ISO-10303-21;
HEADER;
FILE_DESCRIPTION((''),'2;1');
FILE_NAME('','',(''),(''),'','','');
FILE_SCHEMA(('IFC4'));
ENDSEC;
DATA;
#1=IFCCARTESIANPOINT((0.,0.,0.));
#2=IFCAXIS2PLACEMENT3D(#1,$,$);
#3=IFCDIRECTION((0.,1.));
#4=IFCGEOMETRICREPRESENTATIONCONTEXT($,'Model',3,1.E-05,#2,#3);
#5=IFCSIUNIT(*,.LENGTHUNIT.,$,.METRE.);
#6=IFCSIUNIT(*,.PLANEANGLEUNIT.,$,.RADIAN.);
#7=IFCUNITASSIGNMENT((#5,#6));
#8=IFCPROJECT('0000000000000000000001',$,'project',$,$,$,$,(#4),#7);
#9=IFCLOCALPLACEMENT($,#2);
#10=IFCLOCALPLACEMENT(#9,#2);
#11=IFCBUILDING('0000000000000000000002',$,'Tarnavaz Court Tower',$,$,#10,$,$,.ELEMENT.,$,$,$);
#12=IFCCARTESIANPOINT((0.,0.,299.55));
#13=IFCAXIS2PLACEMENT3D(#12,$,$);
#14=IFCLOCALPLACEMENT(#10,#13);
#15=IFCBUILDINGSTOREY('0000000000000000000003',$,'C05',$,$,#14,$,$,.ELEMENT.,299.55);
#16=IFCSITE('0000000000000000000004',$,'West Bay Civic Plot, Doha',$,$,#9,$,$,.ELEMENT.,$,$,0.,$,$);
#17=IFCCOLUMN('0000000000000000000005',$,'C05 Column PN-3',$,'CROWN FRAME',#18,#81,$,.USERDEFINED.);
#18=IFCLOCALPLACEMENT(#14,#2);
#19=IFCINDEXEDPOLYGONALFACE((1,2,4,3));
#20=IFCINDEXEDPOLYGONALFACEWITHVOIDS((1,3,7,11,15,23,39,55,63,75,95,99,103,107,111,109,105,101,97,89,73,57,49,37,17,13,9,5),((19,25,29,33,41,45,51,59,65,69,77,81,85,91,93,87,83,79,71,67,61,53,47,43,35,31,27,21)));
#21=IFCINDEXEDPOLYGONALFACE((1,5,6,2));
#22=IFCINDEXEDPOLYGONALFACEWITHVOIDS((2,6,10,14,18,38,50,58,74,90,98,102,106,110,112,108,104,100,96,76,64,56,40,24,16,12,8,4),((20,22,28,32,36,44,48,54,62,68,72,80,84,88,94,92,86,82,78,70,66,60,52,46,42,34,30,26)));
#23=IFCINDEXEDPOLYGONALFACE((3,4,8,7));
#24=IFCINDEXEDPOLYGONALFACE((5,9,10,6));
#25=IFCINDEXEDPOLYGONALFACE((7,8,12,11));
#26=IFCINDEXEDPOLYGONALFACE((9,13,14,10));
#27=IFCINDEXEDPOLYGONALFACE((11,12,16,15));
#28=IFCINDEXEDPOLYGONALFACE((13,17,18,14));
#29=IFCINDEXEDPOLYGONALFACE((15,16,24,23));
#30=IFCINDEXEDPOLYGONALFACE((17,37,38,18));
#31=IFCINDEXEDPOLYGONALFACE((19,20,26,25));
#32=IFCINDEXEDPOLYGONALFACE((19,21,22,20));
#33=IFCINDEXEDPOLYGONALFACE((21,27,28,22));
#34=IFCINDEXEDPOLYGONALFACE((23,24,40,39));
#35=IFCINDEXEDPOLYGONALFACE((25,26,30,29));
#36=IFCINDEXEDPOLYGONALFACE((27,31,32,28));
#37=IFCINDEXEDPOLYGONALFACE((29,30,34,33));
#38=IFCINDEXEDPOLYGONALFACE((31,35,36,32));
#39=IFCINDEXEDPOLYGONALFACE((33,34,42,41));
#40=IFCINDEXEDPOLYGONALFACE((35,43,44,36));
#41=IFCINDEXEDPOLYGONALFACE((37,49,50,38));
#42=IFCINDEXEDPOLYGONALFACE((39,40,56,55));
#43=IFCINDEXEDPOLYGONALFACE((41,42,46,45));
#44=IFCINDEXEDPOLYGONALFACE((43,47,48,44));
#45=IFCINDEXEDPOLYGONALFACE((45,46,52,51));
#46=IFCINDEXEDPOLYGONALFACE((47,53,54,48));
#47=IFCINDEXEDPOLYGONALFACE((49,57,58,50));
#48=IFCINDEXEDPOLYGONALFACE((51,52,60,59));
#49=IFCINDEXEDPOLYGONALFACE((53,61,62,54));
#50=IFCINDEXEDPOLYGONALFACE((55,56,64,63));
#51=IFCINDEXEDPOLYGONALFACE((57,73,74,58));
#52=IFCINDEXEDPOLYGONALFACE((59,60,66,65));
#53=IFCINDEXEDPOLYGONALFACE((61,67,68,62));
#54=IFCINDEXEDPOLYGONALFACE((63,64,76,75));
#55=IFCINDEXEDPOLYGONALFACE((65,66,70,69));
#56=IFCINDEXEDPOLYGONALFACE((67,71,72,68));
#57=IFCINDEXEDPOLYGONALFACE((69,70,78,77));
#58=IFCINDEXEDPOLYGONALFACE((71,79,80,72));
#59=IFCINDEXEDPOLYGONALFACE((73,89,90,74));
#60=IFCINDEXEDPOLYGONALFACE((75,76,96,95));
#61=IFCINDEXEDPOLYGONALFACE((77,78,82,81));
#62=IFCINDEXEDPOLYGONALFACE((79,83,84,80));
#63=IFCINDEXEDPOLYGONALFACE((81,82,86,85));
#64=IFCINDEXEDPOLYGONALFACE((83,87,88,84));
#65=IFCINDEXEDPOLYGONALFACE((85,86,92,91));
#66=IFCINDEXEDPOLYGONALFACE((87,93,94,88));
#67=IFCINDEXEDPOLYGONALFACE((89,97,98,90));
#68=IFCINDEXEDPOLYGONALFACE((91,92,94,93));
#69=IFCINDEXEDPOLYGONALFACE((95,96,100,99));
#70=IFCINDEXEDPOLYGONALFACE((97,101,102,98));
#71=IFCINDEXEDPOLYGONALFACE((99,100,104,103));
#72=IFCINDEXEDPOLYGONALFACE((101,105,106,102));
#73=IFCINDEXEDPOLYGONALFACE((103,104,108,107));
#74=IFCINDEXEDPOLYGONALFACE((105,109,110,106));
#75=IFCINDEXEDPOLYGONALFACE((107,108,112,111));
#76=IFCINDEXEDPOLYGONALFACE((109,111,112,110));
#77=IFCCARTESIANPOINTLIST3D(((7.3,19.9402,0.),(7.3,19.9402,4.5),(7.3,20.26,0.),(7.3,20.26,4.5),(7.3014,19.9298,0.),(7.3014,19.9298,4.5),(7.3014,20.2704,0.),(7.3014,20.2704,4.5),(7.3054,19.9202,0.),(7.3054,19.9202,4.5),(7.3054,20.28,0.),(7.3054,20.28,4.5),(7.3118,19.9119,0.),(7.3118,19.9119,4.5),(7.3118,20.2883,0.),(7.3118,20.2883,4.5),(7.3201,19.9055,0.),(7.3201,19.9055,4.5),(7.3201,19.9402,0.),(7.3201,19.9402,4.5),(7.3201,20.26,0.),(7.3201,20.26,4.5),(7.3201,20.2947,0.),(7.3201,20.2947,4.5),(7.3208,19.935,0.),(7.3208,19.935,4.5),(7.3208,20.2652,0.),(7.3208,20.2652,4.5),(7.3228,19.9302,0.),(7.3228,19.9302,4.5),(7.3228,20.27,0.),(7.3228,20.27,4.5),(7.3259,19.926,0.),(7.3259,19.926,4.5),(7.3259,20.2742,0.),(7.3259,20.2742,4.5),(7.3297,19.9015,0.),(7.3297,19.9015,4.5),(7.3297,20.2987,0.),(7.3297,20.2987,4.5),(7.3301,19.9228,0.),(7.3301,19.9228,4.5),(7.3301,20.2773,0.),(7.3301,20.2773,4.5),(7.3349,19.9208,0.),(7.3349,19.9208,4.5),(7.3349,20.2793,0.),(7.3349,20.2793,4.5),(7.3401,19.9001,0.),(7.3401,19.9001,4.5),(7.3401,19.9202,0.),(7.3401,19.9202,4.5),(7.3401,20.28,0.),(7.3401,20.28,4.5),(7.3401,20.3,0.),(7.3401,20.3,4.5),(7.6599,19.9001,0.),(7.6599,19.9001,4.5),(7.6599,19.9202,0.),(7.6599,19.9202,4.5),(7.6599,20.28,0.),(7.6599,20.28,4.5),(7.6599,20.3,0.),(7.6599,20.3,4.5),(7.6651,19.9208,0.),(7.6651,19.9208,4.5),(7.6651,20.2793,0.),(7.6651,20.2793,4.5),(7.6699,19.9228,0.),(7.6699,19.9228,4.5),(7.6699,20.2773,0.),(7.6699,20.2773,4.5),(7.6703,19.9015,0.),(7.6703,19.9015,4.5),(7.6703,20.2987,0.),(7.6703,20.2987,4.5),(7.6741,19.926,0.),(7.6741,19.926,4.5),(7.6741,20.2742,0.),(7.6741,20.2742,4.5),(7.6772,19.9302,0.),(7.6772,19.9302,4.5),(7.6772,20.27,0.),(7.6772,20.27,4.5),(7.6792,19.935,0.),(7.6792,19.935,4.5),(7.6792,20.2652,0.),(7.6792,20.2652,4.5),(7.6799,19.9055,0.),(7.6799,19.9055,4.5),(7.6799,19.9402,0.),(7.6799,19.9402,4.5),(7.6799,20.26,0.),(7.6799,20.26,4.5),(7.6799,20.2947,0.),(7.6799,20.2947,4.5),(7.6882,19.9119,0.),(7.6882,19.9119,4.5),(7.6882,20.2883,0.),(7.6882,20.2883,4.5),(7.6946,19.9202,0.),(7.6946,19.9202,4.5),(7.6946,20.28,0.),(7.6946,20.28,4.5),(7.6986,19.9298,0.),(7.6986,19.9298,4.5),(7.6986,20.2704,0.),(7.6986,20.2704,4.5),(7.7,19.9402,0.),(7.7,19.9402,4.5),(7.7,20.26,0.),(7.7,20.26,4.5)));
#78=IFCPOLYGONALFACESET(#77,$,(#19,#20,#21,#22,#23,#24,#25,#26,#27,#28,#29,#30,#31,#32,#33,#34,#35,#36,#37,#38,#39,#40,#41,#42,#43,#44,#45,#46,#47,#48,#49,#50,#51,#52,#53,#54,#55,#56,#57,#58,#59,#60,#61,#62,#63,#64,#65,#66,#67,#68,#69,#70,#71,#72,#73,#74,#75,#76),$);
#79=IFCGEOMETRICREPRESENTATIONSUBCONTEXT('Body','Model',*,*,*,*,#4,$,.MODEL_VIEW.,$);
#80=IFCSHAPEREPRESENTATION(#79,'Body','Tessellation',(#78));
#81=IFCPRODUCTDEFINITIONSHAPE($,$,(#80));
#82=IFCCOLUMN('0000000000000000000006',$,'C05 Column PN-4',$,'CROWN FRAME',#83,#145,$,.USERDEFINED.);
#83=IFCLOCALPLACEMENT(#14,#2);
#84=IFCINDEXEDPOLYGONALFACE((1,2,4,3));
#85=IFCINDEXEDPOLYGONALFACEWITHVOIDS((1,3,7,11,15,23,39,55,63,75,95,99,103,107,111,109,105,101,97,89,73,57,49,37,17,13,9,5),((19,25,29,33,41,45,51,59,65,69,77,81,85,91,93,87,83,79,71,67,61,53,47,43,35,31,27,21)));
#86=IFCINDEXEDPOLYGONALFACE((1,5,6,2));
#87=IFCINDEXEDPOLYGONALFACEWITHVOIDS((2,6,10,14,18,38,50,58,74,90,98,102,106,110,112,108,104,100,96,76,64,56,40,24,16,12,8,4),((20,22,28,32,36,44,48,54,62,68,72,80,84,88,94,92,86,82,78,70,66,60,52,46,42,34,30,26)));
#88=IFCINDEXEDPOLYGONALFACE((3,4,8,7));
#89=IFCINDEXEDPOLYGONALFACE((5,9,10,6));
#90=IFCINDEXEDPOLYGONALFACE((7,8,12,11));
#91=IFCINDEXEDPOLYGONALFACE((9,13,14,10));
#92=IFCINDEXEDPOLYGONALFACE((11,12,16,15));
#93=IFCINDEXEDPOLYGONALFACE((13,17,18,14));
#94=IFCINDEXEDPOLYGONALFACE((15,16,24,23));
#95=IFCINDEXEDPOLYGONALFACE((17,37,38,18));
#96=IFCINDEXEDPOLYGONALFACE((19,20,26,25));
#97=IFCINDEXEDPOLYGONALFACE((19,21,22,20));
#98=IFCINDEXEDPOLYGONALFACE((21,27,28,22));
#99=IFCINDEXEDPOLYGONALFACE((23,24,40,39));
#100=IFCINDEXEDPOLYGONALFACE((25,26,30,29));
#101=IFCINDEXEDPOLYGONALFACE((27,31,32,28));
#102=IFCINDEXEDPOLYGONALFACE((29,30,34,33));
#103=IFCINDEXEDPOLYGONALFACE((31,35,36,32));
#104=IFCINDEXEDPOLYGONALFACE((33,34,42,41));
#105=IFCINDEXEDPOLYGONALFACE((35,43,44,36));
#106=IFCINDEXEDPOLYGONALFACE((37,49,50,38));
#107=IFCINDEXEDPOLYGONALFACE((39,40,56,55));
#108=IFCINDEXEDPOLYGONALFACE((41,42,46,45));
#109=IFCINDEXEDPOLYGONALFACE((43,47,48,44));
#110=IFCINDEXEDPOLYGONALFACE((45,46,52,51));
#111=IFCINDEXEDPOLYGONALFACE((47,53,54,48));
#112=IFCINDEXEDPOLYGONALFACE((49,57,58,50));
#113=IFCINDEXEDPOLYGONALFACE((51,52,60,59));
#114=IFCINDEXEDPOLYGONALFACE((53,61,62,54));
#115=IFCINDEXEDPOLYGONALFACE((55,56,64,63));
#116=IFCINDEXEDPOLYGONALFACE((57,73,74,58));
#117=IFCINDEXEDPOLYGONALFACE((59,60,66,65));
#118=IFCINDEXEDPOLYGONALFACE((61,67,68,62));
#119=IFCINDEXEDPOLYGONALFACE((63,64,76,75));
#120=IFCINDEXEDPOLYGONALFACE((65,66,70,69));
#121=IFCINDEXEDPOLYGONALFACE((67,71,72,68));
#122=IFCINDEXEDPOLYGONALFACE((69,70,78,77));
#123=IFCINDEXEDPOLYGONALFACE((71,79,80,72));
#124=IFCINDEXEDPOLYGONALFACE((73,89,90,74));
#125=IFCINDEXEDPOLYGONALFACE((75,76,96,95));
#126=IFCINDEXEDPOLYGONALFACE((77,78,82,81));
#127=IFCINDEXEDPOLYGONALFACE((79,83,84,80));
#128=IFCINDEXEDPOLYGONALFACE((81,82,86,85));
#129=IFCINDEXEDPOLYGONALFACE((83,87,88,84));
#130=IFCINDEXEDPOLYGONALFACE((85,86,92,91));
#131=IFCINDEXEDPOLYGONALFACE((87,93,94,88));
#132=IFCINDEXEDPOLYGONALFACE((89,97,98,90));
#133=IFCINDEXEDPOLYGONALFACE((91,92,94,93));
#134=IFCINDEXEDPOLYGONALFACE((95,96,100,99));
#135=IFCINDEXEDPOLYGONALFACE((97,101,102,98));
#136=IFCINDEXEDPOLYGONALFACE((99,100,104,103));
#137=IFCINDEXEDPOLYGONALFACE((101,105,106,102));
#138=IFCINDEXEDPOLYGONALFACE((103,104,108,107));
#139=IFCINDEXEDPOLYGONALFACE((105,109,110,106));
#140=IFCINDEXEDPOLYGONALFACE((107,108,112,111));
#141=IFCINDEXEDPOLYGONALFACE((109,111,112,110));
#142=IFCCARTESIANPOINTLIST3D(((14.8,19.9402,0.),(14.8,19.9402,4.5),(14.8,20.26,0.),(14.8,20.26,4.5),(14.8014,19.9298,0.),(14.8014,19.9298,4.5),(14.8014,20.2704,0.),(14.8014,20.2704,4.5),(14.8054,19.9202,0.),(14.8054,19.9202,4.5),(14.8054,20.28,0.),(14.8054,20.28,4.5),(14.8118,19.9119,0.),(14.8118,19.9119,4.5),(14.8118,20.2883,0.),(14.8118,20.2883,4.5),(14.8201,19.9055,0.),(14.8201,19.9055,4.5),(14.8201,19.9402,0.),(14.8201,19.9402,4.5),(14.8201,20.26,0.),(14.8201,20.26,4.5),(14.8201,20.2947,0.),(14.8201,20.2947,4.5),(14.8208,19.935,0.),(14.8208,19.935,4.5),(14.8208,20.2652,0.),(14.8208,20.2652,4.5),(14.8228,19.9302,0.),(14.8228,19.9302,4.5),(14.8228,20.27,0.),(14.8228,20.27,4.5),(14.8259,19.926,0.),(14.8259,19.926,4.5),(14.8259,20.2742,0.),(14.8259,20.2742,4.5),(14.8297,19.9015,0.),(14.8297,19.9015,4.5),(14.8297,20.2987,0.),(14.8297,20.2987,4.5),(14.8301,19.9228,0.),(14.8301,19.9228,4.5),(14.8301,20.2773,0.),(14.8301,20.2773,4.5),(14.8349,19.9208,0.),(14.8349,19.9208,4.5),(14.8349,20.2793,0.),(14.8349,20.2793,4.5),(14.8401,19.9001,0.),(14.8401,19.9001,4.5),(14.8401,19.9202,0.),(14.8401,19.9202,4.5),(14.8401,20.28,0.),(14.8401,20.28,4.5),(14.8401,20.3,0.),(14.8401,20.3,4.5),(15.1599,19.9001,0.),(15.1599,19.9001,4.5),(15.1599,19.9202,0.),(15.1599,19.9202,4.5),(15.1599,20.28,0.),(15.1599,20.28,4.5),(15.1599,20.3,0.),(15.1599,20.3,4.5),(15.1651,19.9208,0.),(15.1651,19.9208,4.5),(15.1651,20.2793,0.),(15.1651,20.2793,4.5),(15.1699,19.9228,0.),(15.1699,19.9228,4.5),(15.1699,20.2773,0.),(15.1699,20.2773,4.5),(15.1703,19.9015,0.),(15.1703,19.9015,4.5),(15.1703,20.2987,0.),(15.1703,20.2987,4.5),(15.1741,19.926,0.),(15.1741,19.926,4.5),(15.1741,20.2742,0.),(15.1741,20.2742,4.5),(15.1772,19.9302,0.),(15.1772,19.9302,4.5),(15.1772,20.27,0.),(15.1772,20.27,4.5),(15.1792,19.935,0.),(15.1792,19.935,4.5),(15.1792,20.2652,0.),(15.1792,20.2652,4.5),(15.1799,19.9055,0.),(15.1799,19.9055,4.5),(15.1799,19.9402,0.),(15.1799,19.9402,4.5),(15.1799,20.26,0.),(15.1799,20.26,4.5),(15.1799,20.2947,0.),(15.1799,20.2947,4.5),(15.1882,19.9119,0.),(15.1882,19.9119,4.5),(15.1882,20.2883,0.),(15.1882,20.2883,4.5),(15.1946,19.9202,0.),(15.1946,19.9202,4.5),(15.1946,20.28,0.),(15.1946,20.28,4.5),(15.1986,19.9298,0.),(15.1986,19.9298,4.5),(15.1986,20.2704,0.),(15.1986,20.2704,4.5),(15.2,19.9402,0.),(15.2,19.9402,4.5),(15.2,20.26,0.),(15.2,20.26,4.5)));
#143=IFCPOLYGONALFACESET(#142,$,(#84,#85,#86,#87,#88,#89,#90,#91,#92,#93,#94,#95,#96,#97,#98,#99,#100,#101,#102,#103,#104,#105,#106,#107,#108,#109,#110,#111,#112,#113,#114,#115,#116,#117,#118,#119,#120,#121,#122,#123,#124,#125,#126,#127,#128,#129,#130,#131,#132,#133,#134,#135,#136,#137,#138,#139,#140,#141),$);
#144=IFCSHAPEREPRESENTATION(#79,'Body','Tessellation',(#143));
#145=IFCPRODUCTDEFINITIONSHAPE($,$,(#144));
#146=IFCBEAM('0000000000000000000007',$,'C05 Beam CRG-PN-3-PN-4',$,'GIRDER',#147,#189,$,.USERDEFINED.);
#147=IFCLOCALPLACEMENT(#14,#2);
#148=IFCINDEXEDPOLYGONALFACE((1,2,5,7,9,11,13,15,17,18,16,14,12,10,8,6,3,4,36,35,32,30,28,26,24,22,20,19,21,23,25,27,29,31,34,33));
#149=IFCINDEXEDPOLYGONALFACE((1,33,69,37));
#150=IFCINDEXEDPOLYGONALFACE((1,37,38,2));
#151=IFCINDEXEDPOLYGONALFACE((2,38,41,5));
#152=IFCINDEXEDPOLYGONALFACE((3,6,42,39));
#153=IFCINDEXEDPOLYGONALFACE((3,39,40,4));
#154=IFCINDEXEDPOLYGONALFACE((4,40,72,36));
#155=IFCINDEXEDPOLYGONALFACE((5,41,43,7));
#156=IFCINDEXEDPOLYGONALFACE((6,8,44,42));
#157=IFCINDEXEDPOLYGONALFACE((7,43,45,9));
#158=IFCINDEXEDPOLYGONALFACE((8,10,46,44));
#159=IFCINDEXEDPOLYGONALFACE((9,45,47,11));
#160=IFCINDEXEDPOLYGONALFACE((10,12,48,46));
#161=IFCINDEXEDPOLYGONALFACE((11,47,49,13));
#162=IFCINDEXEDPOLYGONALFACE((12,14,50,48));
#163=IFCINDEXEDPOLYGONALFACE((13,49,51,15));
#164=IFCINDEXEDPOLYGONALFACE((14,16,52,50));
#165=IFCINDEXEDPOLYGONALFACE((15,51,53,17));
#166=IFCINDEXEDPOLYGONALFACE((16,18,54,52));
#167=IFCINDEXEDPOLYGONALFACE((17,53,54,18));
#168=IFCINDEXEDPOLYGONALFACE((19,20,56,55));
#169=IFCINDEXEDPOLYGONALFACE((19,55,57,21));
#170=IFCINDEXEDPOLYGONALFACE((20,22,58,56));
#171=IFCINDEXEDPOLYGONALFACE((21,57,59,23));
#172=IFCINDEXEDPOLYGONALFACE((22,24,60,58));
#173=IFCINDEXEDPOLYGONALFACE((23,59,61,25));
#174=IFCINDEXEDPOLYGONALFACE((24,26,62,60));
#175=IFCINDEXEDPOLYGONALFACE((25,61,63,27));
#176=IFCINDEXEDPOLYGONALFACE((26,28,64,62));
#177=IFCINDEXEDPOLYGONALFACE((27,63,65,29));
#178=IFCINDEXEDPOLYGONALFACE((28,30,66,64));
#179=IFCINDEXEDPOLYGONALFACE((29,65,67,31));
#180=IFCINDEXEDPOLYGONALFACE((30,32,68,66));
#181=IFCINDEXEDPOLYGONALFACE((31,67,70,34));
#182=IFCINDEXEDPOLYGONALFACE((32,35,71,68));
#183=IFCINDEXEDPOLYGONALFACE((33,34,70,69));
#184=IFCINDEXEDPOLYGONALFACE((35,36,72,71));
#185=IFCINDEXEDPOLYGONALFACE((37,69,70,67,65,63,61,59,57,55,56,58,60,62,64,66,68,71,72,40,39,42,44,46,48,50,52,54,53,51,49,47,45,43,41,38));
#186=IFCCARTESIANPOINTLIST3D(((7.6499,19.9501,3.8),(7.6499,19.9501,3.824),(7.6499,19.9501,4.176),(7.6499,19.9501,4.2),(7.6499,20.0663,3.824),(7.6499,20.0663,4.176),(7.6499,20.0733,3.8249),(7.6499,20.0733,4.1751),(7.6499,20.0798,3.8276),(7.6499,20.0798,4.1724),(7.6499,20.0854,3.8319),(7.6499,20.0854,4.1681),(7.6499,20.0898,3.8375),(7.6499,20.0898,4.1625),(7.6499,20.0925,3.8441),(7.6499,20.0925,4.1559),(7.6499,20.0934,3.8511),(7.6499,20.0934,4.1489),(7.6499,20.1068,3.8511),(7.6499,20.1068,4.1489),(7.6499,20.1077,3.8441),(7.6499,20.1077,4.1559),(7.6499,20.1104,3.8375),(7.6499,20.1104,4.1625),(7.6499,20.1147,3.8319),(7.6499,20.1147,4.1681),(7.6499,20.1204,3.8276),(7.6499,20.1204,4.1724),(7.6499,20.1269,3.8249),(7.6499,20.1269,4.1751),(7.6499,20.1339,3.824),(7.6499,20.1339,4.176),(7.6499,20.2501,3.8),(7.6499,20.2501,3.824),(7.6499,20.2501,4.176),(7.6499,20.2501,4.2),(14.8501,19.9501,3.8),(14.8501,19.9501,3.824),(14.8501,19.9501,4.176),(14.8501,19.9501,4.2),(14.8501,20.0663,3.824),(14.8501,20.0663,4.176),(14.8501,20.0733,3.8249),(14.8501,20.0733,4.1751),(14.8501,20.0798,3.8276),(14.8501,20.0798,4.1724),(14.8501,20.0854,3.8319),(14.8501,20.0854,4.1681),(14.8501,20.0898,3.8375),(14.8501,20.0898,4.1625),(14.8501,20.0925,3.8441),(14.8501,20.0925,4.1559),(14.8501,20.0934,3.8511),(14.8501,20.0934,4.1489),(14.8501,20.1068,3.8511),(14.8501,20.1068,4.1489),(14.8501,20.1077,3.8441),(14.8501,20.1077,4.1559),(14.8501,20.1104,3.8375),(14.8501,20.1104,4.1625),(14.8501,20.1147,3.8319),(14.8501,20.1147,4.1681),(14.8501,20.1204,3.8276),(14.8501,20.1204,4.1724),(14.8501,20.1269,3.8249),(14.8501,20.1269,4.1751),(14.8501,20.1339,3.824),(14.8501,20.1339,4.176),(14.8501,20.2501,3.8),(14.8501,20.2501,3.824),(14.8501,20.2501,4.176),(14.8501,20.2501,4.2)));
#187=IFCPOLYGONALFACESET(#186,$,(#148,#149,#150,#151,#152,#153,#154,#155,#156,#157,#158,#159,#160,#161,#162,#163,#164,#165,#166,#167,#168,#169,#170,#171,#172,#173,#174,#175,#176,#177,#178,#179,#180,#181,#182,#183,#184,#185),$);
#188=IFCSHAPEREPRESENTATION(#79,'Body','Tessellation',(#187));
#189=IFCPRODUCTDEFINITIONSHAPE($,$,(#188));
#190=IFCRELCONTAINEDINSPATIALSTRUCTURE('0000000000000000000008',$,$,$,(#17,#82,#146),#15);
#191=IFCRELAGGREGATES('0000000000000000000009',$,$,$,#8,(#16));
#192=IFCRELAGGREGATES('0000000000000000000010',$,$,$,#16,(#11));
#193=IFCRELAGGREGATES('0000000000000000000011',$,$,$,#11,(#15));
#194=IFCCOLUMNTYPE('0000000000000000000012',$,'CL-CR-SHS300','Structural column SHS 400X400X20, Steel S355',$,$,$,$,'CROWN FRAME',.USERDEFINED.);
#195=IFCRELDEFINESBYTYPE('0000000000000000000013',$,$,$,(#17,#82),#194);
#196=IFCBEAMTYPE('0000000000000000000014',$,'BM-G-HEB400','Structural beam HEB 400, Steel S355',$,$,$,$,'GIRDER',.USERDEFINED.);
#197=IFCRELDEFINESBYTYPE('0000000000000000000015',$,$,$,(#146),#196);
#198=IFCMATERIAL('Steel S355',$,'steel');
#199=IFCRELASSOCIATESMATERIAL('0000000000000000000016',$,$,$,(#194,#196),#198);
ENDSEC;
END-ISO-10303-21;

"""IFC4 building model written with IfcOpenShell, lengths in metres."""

from ifc_helpers import new_model, si_unit, direction, frame, origin, origin_2d, place, context, subcontext, project, spatial, hollow_rectangle, i_section, extrude, material, material_profile, profile_set, type_object, element, save


model = new_model("IFC4")

# Units and contexts
model_context = context("Model", 3, precision=1e-05, world=origin(), true_north=direction((0.0, 1.0)))
body_context = subcontext(model_context, "Body", "Model", "MODEL_VIEW")
ifc_project = project(units=[si_unit("LENGTHUNIT", "METRE"), si_unit("PLANEANGLEUNIT", "RADIAN")], contexts=[model_context])

# Site, building, storey
site_placement = place(None, origin())
site = spatial("IfcSite", under=ifc_project, at=site_placement, Name="West Bay Civic Plot, Doha", CompositionType="ELEMENT", RefElevation=0.0)
building_placement = place(site_placement, origin())
building = spatial("IfcBuilding", under=site, at=building_placement, Name="Tarnavaz Court Tower", CompositionType="ELEMENT")
storey_placement = place(building_placement, frame((0.0, 0.0, 299.55)))
storey = spatial("IfcBuildingStorey", under=building, at=storey_placement, Name="C05", CompositionType="ELEMENT", Elevation=299.55)

# Columns
ifc_material_1 = material(Name="Steel S355", Category="steel")
ifc_material_profile_1 = material_profile(ifc_material_1, hollow_rectangle(XDim=0.3999, YDim=0.3999, WallThickness=0.02, InnerFilletRadius=0.02, OuterFilletRadius=0.04, at=origin_2d()), Name="SHS 400X400X20")
ifc_profile_set_1 = profile_set([ifc_material_profile_1], Name="Steel S355")
column_type = type_object("IfcColumnType", Name="CL-CR-SHS300", Description="Structural column SHS 400X400X20, Steel S355", ElementType="CROWN FRAME", PredefinedType="USERDEFINED", material=ifc_profile_set_1)
for number, where, z_axis, x_axis, name in (
    (1, (7.5, 20.1001, 0.0), (0.0, 0.0, 1.0), (1.0, 0.0, 0.0), "C05 Column PN-3"),
    (2, (15.0, 20.1001, 0.0), (0.0, 0.0, 1.0), (1.0, 0.0, 0.0), "C05 Column PN-4"),
):
    element("IfcColumn", number, at=place(storey_placement, frame(where, z_axis=z_axis, x_axis=x_axis)), inside=storey, type_object=column_type, Name=name, ObjectType="CROWN FRAME", PredefinedType="USERDEFINED", context=body_context, shape_type="SweptSolid", body=[
        extrude(hollow_rectangle(XDim=0.3999, YDim=0.3999, WallThickness=0.02, InnerFilletRadius=0.02, OuterFilletRadius=0.04, at=origin_2d()), origin(), (0.0, 0.0, 1.0), 4.5),
    ])

# Beam
ifc_material_profile_2 = material_profile(ifc_material_1, i_section(OverallWidth=0.3, OverallDepth=0.3999, WebThickness=0.0134, FlangeThickness=0.0239, FilletRadius=0.0271, at=origin_2d()), Name="HEB 400")
ifc_profile_set_2 = profile_set([ifc_material_profile_2], Name="Steel S355")
beam_type = type_object("IfcBeamType", Name="BM-G-HEB400", Description="Structural beam HEB 400, Steel S355", ElementType="GIRDER", PredefinedType="USERDEFINED", material=ifc_profile_set_2)
beam_placement = place(storey_placement, frame((7.6499, 20.1001, 4.0), z_axis=(1.0, 0.0, 0.0), x_axis=(0.0, 1.0, 0.0)))
element("IfcBeam", 3, at=beam_placement, inside=storey, type_object=beam_type, Name="C05 Beam CRG-PN-3-PN-4", ObjectType="GIRDER", PredefinedType="USERDEFINED", context=body_context, shape_type="SweptSolid", body=[
    extrude(i_section(OverallWidth=0.3, OverallDepth=0.3999, WebThickness=0.0134, FlangeThickness=0.0239, FilletRadius=0.0271, at=origin_2d()), origin(), (0.0, 0.0, 1.0), 7.2002),
])

save(model, "model.ifc")
